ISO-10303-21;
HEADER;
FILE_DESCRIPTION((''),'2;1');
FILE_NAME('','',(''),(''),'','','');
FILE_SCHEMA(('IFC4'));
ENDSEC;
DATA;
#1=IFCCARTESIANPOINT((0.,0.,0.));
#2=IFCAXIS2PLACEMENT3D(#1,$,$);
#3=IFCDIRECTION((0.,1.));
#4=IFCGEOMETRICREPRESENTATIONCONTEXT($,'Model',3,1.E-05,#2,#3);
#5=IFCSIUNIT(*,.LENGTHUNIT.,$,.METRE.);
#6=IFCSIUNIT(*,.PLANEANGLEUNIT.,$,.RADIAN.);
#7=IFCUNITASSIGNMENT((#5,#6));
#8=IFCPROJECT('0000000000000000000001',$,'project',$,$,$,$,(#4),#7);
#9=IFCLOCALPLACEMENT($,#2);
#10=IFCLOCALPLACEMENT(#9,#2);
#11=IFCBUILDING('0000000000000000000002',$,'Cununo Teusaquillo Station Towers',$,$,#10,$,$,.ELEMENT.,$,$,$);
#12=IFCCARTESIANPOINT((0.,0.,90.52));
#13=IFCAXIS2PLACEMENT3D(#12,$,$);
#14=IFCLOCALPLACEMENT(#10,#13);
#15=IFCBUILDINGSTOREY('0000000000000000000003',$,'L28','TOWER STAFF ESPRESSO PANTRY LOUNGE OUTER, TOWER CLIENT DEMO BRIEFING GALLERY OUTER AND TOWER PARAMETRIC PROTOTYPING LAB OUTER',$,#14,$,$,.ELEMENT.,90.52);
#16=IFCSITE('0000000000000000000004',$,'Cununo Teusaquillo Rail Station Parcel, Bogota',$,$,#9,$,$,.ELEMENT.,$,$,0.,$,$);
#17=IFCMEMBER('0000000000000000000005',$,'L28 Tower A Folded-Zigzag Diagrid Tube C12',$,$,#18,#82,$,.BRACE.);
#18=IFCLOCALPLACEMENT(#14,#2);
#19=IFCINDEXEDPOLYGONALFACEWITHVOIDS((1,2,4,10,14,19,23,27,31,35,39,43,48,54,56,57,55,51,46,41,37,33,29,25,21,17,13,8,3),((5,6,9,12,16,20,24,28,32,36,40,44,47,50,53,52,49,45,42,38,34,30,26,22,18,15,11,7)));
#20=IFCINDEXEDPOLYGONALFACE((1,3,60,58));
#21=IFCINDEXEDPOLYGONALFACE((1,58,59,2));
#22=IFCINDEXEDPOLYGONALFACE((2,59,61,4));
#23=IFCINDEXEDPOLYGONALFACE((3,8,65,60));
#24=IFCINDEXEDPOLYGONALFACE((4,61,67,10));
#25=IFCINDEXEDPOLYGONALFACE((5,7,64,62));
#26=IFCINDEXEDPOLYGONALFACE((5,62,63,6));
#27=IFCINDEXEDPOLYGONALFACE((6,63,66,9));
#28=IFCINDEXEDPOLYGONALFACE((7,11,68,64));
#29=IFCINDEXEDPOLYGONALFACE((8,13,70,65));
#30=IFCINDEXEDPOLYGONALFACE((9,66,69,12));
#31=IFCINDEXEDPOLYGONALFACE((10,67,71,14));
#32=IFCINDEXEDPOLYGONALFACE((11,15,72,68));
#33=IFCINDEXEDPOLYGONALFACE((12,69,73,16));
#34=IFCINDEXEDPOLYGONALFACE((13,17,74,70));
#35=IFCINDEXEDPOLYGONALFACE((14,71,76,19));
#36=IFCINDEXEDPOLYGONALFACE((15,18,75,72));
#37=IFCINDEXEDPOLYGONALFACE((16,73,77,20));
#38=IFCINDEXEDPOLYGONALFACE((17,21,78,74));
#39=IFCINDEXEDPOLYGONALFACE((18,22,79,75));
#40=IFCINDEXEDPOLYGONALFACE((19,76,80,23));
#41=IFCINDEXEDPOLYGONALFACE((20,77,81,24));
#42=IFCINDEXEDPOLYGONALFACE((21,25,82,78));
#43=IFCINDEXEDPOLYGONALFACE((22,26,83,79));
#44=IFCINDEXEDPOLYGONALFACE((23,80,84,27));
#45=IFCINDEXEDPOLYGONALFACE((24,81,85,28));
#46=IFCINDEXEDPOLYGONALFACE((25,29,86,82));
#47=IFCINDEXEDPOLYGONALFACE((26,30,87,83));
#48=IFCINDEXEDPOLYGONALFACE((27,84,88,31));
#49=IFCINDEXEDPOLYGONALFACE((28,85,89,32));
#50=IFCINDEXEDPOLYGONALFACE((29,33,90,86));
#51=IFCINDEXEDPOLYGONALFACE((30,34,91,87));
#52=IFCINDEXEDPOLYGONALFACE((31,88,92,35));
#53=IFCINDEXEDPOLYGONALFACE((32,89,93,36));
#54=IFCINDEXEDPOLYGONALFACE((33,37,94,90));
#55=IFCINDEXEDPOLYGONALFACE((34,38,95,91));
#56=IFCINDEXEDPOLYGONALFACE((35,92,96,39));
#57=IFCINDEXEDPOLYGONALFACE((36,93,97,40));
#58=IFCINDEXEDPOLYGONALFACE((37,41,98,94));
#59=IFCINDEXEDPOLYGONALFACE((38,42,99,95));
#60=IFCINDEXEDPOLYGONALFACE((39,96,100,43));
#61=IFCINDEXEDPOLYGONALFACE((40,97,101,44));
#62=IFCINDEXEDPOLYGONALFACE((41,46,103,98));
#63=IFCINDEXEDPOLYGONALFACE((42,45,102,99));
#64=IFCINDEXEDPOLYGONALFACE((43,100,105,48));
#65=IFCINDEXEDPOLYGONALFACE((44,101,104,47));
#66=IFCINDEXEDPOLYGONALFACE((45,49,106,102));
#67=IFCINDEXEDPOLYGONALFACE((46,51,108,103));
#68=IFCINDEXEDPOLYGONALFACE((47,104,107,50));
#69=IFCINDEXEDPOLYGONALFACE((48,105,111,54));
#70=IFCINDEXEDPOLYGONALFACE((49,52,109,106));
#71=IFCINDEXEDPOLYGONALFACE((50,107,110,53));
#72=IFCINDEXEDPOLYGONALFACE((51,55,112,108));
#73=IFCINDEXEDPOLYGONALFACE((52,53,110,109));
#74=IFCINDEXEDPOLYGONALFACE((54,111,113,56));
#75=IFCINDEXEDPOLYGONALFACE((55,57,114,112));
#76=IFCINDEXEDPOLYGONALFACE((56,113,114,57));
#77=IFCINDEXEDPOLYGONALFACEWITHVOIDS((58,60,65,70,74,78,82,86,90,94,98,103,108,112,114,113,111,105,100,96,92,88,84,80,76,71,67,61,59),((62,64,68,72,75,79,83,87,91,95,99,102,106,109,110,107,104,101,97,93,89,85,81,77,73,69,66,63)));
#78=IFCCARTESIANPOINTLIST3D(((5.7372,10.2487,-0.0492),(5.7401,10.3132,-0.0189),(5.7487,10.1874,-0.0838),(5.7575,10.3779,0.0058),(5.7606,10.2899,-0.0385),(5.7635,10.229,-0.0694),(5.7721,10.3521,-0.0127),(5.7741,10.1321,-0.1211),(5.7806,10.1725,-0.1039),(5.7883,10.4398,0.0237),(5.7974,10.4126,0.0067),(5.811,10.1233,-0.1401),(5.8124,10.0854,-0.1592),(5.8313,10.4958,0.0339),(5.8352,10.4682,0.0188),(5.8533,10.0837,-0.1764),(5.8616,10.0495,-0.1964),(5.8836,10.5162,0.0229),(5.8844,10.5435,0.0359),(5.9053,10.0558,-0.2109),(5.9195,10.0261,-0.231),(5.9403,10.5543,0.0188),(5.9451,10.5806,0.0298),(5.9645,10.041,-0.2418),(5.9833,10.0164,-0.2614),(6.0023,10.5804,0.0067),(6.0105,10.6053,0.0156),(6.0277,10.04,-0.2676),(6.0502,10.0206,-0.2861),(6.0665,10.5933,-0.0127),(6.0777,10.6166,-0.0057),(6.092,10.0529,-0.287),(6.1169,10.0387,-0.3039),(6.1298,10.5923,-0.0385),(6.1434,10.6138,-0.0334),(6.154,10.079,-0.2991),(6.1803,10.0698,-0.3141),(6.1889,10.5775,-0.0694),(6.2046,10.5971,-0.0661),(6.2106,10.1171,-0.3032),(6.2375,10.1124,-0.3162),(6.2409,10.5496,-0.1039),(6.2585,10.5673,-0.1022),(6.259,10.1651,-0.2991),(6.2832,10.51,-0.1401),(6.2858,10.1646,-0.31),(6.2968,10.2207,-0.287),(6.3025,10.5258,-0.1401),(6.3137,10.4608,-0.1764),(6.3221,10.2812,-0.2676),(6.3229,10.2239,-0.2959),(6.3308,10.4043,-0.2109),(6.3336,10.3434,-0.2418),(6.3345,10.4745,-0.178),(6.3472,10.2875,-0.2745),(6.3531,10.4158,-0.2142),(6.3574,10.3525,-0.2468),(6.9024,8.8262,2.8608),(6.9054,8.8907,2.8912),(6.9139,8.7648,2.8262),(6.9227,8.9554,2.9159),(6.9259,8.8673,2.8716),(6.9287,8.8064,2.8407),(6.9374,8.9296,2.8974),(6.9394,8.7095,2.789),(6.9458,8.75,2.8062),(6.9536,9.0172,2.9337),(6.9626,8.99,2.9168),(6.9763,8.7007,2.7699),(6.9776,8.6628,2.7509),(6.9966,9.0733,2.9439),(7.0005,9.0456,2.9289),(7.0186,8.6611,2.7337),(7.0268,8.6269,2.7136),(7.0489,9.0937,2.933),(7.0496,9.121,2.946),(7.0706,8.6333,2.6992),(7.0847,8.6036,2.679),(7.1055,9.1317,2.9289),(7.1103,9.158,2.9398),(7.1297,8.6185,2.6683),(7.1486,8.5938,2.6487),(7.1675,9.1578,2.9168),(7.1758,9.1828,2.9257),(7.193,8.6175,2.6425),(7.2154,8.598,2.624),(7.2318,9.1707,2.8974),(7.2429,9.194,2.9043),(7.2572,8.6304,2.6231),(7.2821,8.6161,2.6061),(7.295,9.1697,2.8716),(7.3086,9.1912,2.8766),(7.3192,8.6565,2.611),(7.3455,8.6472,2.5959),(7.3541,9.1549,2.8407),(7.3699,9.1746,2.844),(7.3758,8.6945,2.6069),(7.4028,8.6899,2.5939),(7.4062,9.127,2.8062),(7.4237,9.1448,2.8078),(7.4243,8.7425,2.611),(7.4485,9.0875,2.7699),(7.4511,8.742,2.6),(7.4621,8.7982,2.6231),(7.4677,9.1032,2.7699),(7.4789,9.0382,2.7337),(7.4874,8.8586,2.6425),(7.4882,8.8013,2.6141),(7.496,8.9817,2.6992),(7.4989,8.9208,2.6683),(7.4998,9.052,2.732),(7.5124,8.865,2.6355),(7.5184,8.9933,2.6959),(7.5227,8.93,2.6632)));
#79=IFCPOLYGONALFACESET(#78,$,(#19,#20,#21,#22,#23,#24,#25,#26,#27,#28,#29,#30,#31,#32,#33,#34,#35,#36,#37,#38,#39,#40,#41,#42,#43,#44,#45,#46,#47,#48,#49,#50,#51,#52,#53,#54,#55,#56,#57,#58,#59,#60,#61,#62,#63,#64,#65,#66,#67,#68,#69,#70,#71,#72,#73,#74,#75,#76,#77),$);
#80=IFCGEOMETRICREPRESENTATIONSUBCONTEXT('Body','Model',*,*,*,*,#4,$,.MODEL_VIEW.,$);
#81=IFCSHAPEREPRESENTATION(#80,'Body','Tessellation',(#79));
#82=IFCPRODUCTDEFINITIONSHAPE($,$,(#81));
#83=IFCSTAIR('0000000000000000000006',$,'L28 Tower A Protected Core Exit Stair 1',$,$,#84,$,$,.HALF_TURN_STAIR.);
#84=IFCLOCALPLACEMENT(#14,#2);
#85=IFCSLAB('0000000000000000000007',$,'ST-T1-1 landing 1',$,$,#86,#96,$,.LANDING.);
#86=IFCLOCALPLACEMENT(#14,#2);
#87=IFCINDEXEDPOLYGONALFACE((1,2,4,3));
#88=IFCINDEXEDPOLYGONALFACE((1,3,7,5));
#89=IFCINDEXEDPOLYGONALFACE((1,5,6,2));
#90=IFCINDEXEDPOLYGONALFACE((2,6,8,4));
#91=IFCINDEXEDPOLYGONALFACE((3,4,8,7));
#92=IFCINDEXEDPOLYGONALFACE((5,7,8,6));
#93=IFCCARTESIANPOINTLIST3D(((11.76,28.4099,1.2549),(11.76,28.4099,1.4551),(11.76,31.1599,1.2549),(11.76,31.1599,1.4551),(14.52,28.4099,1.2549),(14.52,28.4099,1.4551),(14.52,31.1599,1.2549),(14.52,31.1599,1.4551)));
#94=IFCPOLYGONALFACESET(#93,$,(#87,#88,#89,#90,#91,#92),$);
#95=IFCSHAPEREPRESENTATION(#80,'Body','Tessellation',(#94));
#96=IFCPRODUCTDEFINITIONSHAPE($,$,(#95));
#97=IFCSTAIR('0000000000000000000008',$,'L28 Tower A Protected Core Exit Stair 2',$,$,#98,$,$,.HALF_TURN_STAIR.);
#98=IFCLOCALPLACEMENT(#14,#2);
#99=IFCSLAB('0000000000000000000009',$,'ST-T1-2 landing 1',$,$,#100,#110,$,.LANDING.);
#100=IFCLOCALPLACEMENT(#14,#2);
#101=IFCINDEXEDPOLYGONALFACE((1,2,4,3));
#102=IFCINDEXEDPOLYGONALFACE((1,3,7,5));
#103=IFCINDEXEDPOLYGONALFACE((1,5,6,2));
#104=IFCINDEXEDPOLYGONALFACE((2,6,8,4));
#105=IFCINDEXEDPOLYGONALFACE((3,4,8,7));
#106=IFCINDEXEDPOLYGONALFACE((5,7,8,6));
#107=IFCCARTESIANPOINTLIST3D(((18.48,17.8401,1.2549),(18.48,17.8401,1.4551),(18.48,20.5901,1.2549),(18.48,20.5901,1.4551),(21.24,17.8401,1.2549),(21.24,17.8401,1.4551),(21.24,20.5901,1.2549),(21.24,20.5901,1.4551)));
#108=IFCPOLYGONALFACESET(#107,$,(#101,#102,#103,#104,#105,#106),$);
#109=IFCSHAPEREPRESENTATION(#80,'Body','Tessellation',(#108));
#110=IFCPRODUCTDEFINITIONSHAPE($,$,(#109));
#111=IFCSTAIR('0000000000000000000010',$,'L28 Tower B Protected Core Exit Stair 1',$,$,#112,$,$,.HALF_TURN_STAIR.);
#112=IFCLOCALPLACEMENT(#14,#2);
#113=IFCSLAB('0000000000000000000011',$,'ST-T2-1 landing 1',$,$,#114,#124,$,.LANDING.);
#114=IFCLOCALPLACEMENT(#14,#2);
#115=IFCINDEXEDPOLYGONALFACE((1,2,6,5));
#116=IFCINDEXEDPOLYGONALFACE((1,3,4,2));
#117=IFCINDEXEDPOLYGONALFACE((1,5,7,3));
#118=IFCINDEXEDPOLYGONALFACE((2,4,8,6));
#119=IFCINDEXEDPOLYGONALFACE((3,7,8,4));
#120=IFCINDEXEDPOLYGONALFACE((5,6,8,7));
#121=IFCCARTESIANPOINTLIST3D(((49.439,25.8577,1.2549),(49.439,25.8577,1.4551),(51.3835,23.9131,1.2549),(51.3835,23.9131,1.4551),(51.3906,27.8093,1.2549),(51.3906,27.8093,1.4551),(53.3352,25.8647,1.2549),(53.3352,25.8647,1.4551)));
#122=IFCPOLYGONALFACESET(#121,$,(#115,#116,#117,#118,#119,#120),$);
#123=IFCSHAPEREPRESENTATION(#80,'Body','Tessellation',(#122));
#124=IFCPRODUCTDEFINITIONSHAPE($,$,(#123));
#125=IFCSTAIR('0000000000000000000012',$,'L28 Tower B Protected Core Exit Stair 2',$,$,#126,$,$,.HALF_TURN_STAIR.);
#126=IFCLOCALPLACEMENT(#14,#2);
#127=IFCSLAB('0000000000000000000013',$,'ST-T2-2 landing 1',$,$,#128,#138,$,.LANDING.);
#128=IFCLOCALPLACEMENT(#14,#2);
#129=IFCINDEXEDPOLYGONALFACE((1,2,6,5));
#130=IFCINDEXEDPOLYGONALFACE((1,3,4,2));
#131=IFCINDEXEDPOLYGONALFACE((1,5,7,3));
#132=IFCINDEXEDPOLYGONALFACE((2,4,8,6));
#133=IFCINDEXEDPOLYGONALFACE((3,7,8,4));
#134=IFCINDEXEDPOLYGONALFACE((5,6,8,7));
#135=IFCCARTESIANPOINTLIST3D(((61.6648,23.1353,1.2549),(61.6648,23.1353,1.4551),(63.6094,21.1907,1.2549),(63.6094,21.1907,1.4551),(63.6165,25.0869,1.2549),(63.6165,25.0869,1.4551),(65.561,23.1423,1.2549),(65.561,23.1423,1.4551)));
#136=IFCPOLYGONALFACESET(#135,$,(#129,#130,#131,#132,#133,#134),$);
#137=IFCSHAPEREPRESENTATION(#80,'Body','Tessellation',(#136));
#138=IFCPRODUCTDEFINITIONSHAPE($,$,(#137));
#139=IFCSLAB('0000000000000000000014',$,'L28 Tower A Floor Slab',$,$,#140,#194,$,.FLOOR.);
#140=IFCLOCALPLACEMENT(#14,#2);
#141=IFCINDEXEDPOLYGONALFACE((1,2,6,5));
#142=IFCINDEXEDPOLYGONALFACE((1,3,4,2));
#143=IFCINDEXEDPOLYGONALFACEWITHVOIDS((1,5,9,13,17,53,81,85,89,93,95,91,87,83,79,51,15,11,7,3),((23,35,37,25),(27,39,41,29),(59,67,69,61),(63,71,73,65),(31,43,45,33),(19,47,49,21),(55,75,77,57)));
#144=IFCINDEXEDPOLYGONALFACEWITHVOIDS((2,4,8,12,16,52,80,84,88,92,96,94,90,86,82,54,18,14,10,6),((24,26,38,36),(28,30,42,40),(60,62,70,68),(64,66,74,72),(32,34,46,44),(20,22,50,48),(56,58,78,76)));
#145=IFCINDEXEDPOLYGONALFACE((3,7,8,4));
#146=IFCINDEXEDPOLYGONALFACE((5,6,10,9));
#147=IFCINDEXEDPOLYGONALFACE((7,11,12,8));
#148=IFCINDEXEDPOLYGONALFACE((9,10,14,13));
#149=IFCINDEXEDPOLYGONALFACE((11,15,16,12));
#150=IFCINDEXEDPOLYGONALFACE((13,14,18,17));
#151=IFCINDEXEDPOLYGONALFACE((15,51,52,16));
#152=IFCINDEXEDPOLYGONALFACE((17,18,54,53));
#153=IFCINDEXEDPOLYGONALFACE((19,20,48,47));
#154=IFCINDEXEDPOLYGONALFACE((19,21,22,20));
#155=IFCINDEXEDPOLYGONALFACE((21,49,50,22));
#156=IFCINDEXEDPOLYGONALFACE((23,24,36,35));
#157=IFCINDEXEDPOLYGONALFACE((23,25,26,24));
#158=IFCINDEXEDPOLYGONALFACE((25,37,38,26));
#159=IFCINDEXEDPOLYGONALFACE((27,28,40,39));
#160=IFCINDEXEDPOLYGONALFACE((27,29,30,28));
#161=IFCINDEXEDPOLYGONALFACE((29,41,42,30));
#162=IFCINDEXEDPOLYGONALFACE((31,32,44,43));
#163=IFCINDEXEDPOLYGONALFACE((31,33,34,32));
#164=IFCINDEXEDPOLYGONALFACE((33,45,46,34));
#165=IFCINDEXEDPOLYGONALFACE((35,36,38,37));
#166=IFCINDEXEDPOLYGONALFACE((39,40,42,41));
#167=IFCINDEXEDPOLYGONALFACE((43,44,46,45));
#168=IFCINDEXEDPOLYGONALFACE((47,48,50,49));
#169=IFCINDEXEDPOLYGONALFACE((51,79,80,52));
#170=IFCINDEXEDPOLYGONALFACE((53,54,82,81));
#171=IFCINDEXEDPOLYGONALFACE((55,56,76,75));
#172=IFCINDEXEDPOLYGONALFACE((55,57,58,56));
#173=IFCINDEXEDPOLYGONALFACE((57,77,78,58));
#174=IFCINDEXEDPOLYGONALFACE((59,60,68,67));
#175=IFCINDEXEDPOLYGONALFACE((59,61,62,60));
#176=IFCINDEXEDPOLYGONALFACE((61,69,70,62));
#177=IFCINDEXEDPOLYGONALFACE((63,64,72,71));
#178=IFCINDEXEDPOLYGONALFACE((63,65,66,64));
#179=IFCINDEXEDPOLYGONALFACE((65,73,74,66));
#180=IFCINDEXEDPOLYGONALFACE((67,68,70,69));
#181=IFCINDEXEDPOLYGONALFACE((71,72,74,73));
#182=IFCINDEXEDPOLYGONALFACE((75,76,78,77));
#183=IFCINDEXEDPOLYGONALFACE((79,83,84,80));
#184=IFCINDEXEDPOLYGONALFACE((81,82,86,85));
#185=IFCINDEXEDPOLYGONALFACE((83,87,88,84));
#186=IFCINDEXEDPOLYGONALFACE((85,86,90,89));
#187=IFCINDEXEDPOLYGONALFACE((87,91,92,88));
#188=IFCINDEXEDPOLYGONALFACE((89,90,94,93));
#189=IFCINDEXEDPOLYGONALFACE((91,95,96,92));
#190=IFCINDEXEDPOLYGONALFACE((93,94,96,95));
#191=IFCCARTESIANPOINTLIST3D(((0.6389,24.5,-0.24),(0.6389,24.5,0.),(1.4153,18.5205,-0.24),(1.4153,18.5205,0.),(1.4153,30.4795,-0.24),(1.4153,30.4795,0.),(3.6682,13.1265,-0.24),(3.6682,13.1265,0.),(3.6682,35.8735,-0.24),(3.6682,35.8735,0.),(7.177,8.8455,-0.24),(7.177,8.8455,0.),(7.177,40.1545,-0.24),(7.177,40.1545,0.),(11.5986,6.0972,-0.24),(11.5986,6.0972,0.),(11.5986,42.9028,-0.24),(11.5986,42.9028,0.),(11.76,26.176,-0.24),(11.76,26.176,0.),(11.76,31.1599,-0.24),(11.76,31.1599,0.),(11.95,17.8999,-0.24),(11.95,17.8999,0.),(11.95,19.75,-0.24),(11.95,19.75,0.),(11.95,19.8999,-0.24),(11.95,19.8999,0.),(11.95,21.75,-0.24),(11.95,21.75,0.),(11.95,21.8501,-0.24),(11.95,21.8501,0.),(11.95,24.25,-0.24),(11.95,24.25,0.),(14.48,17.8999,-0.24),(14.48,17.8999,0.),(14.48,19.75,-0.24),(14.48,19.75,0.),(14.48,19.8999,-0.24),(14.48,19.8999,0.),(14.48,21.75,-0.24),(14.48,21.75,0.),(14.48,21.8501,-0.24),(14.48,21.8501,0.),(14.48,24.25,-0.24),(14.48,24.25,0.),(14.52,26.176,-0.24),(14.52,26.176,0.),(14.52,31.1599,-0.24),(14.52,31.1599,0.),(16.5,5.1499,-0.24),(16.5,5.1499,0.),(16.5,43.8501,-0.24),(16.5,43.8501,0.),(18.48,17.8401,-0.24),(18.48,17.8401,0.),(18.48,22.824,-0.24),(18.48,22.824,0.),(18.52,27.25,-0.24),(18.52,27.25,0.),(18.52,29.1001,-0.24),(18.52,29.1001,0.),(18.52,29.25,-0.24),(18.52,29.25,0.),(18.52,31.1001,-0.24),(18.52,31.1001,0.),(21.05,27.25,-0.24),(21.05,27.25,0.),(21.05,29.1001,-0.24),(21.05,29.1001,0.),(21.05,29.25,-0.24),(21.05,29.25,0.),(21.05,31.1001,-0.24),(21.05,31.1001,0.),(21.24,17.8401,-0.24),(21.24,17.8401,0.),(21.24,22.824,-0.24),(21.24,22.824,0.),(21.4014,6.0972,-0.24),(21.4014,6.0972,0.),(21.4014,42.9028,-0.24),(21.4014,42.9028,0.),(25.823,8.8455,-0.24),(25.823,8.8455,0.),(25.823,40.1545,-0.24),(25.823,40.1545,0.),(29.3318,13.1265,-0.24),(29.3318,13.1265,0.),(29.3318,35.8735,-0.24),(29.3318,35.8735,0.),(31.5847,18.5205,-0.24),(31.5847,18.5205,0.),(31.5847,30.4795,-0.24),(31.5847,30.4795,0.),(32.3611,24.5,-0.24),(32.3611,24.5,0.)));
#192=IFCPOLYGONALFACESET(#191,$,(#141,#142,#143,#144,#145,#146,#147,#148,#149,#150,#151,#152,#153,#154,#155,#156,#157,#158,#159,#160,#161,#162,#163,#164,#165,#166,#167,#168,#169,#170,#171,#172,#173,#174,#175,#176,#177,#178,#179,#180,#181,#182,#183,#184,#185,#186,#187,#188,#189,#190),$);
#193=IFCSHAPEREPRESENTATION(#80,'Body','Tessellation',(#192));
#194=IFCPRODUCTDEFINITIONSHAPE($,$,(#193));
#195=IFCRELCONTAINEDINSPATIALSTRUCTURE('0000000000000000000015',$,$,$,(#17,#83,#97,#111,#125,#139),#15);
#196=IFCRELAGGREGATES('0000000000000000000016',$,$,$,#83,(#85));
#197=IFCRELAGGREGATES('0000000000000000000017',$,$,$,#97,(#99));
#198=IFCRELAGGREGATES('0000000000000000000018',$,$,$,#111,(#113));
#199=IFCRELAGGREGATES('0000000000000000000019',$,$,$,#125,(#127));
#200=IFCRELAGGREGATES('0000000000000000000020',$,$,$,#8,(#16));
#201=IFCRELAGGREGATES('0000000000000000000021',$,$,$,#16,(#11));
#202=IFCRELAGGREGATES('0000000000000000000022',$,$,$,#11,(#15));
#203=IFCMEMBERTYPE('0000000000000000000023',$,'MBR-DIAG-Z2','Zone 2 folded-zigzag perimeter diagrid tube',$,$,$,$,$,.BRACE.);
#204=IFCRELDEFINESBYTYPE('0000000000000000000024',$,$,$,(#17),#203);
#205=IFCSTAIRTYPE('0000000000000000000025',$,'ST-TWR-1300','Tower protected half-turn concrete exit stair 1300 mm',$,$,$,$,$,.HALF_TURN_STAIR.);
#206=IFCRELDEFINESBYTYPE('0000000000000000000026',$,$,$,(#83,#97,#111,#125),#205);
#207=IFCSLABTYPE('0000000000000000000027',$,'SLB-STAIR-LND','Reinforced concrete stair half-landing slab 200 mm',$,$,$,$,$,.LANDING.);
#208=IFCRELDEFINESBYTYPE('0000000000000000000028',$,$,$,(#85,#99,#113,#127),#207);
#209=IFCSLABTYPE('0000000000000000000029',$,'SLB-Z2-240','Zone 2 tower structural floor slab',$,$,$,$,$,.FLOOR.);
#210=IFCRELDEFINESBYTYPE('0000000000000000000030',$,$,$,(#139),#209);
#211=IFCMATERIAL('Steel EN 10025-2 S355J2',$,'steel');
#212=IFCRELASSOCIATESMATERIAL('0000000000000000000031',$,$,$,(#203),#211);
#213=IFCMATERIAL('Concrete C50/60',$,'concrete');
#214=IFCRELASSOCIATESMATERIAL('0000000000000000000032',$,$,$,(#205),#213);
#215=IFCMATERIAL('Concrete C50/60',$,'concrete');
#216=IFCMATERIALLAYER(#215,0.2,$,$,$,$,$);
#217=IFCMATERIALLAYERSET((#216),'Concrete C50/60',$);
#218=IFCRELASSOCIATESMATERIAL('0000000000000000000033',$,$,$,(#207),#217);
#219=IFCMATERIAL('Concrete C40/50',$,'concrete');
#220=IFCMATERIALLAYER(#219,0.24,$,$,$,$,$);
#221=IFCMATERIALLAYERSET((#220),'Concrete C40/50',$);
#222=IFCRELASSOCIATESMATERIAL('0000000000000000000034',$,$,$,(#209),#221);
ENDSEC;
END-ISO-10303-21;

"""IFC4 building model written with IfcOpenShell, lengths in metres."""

from ifc_helpers import new_model, si_unit, direction, frame, origin, origin_2d, place, context, subcontext, project, spatial, polyline, hollow_circle, outline, extrude, material, layer, layer_set, material_profile, profile_set, type_object, element, aggregate, save


model = new_model("IFC4")

# Units and contexts
model_context = context("Model", 3, precision=1e-05, world=origin(), true_north=direction((0.0, 1.0)))
body_context = subcontext(model_context, "Body", "Model", "MODEL_VIEW")
ifc_project = project(units=[si_unit("LENGTHUNIT", "METRE"), si_unit("PLANEANGLEUNIT", "RADIAN")], contexts=[model_context])

# Site, building, storey
site_placement = place(None, origin())
site = spatial("IfcSite", under=ifc_project, at=site_placement, Name="Cununo Teusaquillo Rail Station Parcel, Bogota", CompositionType="ELEMENT", RefElevation=0.0)
building_placement = place(site_placement, origin())
building = spatial("IfcBuilding", under=site, at=building_placement, Name="Cununo Teusaquillo Station Towers", CompositionType="ELEMENT")
storey_placement = place(building_placement, frame((0.0, 0.0, 90.52)))
storey = spatial("IfcBuildingStorey", under=building, at=storey_placement, Name="L28", Description="TOWER STAFF ESPRESSO PANTRY LOUNGE OUTER, TOWER CLIENT DEMO BRIEFING GALLERY OUTER AND TOWER PARAMETRIC PROTOTYPING LAB OUTER", CompositionType="ELEMENT", Elevation=90.52)

# Member
ifc_material_1 = material(Name="Steel EN 10025-2 S355J2", Category="steel")
ifc_material_profile_1 = material_profile(ifc_material_1, hollow_circle(Radius=0.3301, WallThickness=0.0249, at=origin_2d()), Name="CHS 660x25")
ifc_profile_set_1 = profile_set([ifc_material_profile_1], Name="Steel EN 10025-2 S355J2")
member_type = type_object("IfcMemberType", Name="MBR-DIAG-Z2", Description="Zone 2 folded-zigzag perimeter diagrid tube", PredefinedType="BRACE", material=ifc_profile_set_1)
member_placement = place(storey_placement, frame((6.0471, 10.3167, -0.1401), z_axis=(0.338501, -0.41325, 0.845365), x_axis=(0.773602, 0.633671, 0.0)))
element("IfcMember", 1, at=member_placement, inside=storey, type_object=member_type, Name="L28 Tower A Folded-Zigzag Diagrid Tube C12", PredefinedType="BRACE", context=body_context, shape_type="SweptSolid", body=[
    extrude(hollow_circle(Radius=0.3301, WallThickness=0.0249, at=origin_2d()), origin(), (0.0, 0.0, 1.0), 3.4424),
])

# Stairs, slabs
ifc_material_2 = material(Name="Concrete C50/60", Category="concrete")
stair_type = type_object("IfcStairType", Name="ST-TWR-1300", Description="Tower protected half-turn concrete exit stair 1300 mm", PredefinedType="HALF_TURN_STAIR", material=ifc_material_2)
stair_1_placement = place(storey_placement, origin())
stair_1 = element("IfcStair", 2, at=stair_1_placement, inside=storey, type_object=stair_type, Name="L28 Tower A Protected Core Exit Stair 1", PredefinedType="HALF_TURN_STAIR")
ifc_material_3 = material(Name="Concrete C50/60", Category="concrete")
ifc_layer_1 = layer(ifc_material_3, 0.2)
ifc_layer_set_1 = layer_set([ifc_layer_1], Name="Concrete C50/60")
slab_type_1 = type_object("IfcSlabType", Name="SLB-STAIR-LND", Description="Reinforced concrete stair half-landing slab 200 mm", PredefinedType="LANDING", material=ifc_layer_set_1)
slab_1_placement = place(storey_placement, frame((0.0, 0.0, 1.2549)))
slab_1 = element("IfcSlab", 3, at=slab_1_placement, type_object=slab_type_1, Name="ST-T1-1 landing 1", PredefinedType="LANDING", context=body_context, shape_type="SweptSolid", body=[
    extrude(outline(polyline([(14.52, 28.4099), (14.52, 31.1599), (11.76, 31.1599), (11.76, 28.4099), (14.52, 28.4099)])), origin(), (0.0, 0.0, 1.0), 0.2002),
])
aggregate(stair_1, [slab_1])
stair_2_placement = place(storey_placement, origin())
stair_2 = element("IfcStair", 4, at=stair_2_placement, inside=storey, type_object=stair_type, Name="L28 Tower A Protected Core Exit Stair 2", PredefinedType="HALF_TURN_STAIR")
slab_2_placement = place(storey_placement, frame((0.0, 0.0, 1.2549)))
slab_2 = element("IfcSlab", 5, at=slab_2_placement, type_object=slab_type_1, Name="ST-T1-2 landing 1", PredefinedType="LANDING", context=body_context, shape_type="SweptSolid", body=[
    extrude(outline(polyline([(18.48, 20.5901), (18.48, 17.8401), (21.24, 17.8401), (21.24, 20.5901), (18.48, 20.5901)])), origin(), (0.0, 0.0, 1.0), 0.2002),
])
aggregate(stair_2, [slab_2])
stair_3_placement = place(storey_placement, origin())
stair_3 = element("IfcStair", 6, at=stair_3_placement, inside=storey, type_object=stair_type, Name="L28 Tower B Protected Core Exit Stair 1", PredefinedType="HALF_TURN_STAIR")
slab_3_placement = place(storey_placement, frame((0.0, 0.0, 1.2549)))
slab_3 = element("IfcSlab", 7, at=slab_3_placement, type_object=slab_type_1, Name="ST-T2-1 landing 1", PredefinedType="LANDING", context=body_context, shape_type="SweptSolid", body=[
    extrude(outline(polyline([(53.3352, 25.8647), (51.3906, 27.8093), (49.439, 25.8577), (51.3835, 23.9131), (53.3352, 25.8647)])), origin(), (0.0, 0.0, 1.0), 0.2002),
])
aggregate(stair_3, [slab_3])
stair_4_placement = place(storey_placement, origin())
stair_4 = element("IfcStair", 8, at=stair_4_placement, inside=storey, type_object=stair_type, Name="L28 Tower B Protected Core Exit Stair 2", PredefinedType="HALF_TURN_STAIR")
slab_4_placement = place(storey_placement, frame((0.0, 0.0, 1.2549)))
slab_4 = element("IfcSlab", 9, at=slab_4_placement, type_object=slab_type_1, Name="ST-T2-2 landing 1", PredefinedType="LANDING", context=body_context, shape_type="SweptSolid", body=[
    extrude(outline(polyline([(61.6648, 23.1353), (63.6094, 21.1907), (65.561, 23.1423), (63.6165, 25.0869), (61.6648, 23.1353)])), origin(), (0.0, 0.0, 1.0), 0.2002),
])
aggregate(stair_4, [slab_4])

# Slab
ifc_material_4 = material(Name="Concrete C40/50", Category="concrete")
ifc_layer_2 = layer(ifc_material_4, 0.24)
ifc_layer_set_2 = layer_set([ifc_layer_2], Name="Concrete C40/50")
slab_type_2 = type_object("IfcSlabType", Name="SLB-Z2-240", Description="Zone 2 tower structural floor slab", PredefinedType="FLOOR", material=ifc_layer_set_2)
slab_5_placement = place(storey_placement, frame((0.0, 0.0, -0.24)))
element("IfcSlab", 10, at=slab_5_placement, inside=storey, type_object=slab_type_2, Name="L28 Tower A Floor Slab", PredefinedType="FLOOR", context=body_context, shape_type="SweptSolid", body=[
    extrude(outline(polyline([(32.3611, 24.5), (31.5847, 30.4795), (29.3318, 35.8735), (25.823, 40.1545), (21.4014, 42.9028), (16.5, 43.8501), (11.5986, 42.9028), (7.177, 40.1545), (3.6682, 35.8735), (1.4153, 30.4795), (0.6389, 24.5), (1.4153, 18.5205), (3.6682, 13.1265), (7.177, 8.8455), (11.5986, 6.0972), (16.5, 5.1499), (21.4014, 6.0972), (25.823, 8.8455), (29.3318, 13.1265), (31.5847, 18.5205), (32.3611, 24.5)]), holes=[polyline([(14.52, 26.176), (14.52, 31.1599), (11.76, 31.1599), (11.76, 26.176), (14.52, 26.176)]), polyline([(18.48, 22.824), (18.48, 17.8401), (21.24, 17.8401), (21.24, 22.824), (18.48, 22.824)]), polyline([(11.95, 21.8501), (14.48, 21.8501), (14.48, 24.25), (11.95, 24.25), (11.95, 21.8501)]), polyline([(11.95, 17.8999), (14.48, 17.8999), (14.48, 19.75), (11.95, 19.75), (11.95, 17.8999)]), polyline([(11.95, 19.8999), (14.48, 19.8999), (14.48, 21.75), (11.95, 21.75), (11.95, 19.8999)]), polyline([(18.52, 27.25), (21.05, 27.25), (21.05, 29.1001), (18.52, 29.1001), (18.52, 27.25)]), polyline([(18.52, 29.25), (21.05, 29.25), (21.05, 31.1001), (18.52, 31.1001), (18.52, 29.25)])]), origin(), (0.0, 0.0, 1.0), 0.24),
])

save(model, "model.ifc")
